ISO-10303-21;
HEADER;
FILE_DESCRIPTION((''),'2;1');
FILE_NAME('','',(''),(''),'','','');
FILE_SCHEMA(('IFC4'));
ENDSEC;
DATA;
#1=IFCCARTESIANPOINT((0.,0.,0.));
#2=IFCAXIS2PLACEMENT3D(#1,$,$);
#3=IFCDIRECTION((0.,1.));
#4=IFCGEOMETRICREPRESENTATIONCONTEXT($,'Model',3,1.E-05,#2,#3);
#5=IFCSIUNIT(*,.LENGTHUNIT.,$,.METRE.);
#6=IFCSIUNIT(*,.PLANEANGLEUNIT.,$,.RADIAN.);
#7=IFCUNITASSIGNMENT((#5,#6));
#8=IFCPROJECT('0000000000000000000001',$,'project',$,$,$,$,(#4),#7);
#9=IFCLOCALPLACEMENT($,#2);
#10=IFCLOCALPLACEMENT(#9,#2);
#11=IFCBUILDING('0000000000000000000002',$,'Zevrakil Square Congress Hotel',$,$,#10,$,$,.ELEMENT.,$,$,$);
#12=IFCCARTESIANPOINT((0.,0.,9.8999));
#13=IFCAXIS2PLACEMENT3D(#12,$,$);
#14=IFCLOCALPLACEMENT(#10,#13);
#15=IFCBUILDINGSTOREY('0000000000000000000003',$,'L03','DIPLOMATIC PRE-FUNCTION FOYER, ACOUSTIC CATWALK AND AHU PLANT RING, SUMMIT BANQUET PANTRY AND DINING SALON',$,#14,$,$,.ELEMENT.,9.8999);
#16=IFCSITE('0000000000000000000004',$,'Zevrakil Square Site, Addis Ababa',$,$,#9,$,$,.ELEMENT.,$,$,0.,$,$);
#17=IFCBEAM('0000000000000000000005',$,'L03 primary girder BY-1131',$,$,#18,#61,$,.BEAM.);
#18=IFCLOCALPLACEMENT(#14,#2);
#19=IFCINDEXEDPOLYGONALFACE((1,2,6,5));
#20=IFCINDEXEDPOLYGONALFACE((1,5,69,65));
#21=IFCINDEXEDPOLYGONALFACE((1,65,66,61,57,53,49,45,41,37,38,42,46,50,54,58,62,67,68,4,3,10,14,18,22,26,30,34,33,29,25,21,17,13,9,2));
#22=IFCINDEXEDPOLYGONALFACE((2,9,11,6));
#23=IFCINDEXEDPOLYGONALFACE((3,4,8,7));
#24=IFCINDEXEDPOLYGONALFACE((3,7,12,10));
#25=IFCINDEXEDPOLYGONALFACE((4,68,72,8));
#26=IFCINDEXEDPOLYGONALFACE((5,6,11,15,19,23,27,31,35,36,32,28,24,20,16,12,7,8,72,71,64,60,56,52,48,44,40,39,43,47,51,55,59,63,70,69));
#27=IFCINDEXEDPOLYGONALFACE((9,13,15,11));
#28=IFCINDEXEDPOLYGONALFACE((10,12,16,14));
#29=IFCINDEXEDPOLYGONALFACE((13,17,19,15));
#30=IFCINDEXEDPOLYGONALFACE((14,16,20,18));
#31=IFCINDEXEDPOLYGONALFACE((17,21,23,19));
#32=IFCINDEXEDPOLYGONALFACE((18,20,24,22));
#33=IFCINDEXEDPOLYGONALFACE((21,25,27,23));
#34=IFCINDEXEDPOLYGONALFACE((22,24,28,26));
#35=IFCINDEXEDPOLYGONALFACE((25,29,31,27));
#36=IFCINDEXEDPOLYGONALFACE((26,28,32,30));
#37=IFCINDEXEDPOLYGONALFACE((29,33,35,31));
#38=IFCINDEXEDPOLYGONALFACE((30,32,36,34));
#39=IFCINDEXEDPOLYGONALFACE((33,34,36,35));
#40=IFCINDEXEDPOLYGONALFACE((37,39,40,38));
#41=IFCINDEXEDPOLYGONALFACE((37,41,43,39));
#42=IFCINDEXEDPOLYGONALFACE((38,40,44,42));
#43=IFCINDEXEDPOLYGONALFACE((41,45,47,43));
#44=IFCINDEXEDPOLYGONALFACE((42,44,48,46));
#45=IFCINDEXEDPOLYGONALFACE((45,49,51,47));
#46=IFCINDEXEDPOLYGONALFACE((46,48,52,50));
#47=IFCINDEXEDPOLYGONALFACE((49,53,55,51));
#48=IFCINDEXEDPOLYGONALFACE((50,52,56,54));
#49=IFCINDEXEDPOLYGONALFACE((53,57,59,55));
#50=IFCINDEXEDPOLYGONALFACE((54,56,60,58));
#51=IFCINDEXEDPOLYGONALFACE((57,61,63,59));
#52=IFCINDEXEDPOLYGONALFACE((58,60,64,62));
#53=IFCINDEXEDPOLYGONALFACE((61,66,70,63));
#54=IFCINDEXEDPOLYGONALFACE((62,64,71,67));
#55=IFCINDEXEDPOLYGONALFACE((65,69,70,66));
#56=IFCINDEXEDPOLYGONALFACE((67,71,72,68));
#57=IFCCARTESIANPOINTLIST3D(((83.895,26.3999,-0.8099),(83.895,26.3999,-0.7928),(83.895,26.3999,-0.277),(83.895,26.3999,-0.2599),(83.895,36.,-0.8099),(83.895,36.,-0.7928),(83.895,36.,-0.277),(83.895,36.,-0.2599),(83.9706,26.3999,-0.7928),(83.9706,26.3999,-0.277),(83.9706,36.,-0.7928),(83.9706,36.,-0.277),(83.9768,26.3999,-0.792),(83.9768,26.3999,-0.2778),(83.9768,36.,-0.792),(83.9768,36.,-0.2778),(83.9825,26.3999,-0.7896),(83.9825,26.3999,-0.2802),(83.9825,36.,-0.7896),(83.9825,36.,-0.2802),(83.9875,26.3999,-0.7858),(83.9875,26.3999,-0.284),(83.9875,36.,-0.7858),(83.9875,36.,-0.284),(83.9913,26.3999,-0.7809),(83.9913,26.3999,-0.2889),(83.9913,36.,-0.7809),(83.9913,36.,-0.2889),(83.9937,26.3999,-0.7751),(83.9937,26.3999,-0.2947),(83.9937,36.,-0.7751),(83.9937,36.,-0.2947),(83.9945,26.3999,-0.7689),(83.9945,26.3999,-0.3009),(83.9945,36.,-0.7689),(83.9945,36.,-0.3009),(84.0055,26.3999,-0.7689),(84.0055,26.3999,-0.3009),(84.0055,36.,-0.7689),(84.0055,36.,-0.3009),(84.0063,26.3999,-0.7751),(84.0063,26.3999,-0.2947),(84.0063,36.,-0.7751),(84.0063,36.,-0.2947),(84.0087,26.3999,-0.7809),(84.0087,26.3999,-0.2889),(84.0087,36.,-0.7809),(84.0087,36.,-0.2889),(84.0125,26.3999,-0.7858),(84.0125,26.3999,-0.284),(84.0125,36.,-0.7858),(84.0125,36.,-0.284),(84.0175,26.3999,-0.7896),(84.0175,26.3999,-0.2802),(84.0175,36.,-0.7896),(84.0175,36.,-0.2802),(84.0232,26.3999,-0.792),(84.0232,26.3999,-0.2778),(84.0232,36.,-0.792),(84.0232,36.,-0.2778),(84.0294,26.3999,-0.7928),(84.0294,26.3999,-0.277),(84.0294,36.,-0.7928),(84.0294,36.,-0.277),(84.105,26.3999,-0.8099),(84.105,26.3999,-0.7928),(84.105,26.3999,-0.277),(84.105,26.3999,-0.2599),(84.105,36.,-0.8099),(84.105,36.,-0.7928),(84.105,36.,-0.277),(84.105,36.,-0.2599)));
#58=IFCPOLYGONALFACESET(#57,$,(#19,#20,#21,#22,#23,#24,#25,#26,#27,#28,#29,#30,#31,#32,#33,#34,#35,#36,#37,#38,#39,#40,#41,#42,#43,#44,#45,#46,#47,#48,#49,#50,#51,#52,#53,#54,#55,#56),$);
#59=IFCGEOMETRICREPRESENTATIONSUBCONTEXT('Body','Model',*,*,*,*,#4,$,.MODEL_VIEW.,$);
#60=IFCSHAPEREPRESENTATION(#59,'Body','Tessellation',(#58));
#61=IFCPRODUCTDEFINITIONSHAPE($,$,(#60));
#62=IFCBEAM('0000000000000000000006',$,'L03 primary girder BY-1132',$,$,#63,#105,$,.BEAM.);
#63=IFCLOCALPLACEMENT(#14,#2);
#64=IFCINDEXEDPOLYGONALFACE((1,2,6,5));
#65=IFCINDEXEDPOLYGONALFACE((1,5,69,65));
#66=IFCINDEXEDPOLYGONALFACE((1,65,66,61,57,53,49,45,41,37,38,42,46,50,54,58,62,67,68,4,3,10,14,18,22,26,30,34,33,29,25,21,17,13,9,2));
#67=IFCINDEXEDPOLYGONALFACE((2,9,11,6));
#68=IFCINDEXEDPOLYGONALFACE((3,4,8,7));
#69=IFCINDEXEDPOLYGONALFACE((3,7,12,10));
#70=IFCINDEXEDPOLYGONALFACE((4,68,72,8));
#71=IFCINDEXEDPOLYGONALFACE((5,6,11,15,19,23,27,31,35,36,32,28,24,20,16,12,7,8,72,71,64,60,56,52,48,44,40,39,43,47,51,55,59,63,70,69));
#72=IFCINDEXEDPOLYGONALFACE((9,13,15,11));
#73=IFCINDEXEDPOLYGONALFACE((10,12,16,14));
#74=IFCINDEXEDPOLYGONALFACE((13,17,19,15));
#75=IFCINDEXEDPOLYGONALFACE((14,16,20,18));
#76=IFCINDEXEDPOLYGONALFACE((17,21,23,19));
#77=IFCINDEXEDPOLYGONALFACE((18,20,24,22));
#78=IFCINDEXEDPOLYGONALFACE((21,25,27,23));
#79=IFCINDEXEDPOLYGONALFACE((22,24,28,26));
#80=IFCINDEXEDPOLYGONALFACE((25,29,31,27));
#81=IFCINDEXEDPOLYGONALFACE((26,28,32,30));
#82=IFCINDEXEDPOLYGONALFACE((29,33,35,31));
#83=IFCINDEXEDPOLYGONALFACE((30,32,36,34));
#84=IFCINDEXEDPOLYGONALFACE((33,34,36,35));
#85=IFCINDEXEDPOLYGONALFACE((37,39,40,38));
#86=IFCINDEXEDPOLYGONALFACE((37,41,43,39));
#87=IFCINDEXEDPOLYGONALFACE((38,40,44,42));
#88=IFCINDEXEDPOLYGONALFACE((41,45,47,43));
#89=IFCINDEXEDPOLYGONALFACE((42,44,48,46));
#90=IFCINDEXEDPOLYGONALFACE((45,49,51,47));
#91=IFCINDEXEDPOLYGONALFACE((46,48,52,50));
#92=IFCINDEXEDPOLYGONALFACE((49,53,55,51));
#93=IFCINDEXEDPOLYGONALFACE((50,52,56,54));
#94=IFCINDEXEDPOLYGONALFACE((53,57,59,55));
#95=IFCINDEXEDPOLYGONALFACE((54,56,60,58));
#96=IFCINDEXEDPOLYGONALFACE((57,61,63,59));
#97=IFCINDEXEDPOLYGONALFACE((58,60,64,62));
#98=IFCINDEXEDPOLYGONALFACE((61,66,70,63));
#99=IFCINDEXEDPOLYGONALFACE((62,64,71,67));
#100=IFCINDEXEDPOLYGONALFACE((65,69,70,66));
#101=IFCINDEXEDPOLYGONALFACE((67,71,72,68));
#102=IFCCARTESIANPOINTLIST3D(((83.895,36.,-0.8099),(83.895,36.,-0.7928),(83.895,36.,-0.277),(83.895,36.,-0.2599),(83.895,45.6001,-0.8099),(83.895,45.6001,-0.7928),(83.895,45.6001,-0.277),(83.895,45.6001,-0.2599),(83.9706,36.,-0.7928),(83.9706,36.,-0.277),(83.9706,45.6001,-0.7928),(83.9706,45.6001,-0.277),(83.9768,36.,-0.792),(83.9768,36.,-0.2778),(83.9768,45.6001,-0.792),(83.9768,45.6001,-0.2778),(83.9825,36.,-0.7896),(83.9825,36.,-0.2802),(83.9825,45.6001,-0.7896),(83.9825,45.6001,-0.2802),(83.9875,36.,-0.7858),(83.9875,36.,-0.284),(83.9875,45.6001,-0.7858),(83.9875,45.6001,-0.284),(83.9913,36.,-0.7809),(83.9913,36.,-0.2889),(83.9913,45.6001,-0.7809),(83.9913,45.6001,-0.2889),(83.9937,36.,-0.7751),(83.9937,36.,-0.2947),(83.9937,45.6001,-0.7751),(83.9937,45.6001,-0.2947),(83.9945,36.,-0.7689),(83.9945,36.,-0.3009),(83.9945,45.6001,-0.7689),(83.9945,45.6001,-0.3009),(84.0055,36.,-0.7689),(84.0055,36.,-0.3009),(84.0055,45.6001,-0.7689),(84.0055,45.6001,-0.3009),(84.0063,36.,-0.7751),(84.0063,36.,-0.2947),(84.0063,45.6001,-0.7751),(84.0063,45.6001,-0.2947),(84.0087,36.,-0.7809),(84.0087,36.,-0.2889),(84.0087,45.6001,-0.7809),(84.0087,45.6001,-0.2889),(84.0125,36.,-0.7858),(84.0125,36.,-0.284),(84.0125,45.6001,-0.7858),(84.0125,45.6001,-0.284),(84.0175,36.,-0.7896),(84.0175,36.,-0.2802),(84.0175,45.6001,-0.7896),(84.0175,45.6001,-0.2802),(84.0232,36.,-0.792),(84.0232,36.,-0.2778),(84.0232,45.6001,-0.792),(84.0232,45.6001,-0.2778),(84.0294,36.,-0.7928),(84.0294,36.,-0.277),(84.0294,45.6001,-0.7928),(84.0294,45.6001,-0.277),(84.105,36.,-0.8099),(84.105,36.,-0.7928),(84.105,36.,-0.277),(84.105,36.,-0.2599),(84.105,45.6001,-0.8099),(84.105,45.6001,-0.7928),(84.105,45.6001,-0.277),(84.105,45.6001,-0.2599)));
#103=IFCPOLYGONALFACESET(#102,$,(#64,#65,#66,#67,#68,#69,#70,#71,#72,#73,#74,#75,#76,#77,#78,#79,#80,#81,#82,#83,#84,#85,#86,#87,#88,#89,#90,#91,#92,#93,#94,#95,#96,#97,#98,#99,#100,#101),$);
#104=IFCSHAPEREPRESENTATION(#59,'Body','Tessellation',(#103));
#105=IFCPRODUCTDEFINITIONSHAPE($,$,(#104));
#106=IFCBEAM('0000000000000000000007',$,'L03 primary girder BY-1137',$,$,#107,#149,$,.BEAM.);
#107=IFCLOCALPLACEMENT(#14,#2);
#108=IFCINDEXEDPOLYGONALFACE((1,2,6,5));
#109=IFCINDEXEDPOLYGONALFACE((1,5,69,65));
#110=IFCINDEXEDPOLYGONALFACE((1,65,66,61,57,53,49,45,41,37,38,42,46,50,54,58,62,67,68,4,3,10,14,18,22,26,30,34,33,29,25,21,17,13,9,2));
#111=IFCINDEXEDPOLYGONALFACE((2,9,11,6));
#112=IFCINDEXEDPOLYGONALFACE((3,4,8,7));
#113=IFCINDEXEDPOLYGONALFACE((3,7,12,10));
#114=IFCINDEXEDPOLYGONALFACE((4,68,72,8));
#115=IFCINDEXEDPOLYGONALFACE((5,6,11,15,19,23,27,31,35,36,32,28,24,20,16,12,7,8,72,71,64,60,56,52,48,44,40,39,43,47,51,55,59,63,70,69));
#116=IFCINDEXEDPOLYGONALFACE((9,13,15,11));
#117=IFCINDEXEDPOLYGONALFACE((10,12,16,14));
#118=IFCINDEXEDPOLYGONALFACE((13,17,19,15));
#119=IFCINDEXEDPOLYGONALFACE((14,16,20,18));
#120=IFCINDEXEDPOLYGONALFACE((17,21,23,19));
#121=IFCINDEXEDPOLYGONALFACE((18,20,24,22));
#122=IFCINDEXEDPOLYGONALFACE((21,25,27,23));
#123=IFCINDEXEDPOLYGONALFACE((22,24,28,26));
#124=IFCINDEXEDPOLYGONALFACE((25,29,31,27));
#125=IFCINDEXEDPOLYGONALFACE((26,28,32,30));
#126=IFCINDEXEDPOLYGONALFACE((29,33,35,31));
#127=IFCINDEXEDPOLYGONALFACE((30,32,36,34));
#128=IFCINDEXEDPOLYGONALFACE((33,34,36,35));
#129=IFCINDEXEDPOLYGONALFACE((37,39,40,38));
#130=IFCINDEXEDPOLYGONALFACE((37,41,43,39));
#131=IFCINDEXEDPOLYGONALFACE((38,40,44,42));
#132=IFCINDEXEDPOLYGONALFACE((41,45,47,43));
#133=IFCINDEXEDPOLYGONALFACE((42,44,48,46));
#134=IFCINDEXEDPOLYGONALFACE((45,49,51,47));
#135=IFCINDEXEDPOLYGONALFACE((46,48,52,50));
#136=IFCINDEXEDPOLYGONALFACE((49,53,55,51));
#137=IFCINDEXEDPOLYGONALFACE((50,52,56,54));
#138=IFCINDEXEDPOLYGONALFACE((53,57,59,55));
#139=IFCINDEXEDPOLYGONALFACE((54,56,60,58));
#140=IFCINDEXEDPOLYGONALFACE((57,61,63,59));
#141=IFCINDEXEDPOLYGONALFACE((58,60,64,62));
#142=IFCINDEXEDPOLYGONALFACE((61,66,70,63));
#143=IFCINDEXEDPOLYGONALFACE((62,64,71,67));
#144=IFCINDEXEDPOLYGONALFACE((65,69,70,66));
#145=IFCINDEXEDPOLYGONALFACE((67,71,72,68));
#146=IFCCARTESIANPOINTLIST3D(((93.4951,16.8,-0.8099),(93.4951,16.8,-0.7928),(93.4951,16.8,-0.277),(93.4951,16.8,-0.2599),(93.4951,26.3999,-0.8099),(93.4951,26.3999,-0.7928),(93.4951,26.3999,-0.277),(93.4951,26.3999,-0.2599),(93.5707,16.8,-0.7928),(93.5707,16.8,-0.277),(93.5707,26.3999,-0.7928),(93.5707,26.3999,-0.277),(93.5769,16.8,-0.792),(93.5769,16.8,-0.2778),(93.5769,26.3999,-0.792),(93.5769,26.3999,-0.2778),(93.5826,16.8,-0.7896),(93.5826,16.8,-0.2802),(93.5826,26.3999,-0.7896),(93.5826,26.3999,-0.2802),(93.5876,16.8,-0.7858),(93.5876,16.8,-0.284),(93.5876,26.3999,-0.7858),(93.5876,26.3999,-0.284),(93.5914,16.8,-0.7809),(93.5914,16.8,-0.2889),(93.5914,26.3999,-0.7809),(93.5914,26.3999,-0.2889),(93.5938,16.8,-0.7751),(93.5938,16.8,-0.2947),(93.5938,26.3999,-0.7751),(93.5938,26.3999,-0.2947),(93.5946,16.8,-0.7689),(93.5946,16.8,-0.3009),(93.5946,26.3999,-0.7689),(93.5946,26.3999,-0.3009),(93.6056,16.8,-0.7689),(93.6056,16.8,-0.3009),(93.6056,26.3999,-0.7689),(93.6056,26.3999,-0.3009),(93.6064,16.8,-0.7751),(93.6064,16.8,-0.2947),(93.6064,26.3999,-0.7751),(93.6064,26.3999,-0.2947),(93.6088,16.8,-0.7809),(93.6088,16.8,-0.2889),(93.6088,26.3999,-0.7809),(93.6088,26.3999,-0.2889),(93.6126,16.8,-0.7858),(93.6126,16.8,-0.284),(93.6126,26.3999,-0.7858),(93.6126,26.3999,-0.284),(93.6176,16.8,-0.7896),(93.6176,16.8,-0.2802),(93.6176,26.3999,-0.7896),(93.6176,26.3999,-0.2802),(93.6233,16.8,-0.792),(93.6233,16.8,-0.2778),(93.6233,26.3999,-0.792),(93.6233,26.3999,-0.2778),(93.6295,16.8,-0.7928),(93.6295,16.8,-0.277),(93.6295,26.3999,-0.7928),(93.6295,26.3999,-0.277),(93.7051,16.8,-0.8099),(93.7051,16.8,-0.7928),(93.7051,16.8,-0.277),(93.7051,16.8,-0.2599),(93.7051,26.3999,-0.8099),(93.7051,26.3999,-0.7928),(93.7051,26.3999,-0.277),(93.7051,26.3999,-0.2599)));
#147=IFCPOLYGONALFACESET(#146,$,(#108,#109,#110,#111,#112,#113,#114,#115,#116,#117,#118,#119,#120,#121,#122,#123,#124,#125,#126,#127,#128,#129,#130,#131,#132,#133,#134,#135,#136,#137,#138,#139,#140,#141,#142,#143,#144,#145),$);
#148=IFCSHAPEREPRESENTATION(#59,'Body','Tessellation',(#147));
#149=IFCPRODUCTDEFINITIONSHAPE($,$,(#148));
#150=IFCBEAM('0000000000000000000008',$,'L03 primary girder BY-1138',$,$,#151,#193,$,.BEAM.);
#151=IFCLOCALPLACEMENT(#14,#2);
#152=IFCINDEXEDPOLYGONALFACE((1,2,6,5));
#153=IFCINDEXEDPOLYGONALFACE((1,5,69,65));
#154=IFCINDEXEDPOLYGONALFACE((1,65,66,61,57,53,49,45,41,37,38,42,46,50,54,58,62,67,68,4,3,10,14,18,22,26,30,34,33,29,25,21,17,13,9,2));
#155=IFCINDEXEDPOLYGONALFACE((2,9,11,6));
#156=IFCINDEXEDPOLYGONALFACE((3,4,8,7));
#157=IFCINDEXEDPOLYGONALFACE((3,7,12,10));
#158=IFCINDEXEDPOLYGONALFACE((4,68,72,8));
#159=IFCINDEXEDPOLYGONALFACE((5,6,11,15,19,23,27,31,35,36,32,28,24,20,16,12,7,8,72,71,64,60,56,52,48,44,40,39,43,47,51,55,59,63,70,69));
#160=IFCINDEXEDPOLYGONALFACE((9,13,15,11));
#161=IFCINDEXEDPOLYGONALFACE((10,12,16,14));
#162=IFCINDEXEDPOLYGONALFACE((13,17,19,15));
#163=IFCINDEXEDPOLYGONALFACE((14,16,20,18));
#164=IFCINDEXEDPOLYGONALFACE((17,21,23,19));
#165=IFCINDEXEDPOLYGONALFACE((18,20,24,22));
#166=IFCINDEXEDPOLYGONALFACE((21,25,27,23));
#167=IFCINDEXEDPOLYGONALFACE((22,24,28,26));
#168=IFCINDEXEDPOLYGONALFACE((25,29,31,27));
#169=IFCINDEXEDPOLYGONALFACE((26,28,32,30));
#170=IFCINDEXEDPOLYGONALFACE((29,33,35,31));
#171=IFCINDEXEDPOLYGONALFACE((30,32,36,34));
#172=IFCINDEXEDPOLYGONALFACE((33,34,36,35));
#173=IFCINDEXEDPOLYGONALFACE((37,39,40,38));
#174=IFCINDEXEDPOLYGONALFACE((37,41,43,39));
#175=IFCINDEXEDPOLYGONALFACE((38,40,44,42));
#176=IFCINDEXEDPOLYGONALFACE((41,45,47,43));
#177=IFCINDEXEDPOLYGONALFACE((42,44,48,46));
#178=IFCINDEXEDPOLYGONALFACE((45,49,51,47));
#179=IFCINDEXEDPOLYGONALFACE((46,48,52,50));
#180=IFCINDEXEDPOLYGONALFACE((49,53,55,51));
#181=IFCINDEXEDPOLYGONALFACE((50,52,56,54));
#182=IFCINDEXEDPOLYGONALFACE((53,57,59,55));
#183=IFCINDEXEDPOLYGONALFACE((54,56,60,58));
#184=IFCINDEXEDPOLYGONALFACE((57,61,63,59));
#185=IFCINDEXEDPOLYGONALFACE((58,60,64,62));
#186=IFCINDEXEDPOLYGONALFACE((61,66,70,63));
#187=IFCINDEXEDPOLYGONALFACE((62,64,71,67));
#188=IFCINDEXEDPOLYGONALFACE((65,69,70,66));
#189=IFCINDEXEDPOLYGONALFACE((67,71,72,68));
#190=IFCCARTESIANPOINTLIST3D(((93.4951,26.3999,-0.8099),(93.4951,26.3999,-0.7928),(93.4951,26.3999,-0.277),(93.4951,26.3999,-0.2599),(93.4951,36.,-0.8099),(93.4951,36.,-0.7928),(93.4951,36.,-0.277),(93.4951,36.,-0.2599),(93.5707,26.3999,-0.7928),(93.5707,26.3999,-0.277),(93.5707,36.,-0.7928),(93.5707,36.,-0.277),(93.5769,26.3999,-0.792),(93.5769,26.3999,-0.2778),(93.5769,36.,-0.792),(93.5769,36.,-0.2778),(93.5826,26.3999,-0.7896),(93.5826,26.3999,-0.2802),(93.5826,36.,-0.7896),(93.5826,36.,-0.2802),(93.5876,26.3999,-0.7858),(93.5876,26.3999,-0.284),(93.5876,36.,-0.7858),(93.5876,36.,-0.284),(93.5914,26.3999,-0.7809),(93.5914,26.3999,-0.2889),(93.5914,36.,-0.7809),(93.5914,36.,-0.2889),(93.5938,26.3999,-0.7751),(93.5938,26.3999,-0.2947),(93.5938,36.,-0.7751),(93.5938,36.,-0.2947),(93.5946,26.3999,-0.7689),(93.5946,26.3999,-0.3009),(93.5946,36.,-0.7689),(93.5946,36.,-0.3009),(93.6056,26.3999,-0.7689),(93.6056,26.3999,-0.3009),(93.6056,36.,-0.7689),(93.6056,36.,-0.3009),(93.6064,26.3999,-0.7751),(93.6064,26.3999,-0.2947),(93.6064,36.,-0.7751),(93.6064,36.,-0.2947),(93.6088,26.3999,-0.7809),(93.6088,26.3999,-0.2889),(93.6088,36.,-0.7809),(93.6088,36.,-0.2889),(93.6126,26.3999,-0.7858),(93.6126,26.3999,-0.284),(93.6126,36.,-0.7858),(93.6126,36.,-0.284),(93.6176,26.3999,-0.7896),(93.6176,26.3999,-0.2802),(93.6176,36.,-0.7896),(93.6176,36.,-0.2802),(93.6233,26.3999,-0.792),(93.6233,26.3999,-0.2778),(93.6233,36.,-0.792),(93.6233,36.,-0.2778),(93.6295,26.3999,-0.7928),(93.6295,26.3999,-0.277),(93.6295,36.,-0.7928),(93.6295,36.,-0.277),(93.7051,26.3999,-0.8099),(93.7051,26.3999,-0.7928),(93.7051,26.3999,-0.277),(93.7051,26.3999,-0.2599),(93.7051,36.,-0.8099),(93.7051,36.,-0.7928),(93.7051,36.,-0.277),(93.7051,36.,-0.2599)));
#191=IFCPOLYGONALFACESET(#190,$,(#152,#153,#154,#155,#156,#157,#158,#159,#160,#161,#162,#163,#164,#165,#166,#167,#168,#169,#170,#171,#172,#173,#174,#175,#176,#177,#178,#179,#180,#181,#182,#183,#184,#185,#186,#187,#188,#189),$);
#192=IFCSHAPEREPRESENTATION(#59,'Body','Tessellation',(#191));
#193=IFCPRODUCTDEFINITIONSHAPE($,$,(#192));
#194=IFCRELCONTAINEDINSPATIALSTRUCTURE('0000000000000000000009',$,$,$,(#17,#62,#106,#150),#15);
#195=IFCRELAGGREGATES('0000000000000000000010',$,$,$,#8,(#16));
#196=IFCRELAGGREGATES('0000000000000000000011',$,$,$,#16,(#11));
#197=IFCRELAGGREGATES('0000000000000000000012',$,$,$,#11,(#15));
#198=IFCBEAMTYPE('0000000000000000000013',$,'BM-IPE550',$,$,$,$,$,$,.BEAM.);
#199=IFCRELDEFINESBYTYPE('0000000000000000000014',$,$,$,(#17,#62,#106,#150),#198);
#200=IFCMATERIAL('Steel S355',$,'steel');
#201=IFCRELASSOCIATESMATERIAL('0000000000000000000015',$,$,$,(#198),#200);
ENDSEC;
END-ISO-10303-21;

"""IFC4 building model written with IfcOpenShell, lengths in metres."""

from ifc_helpers import new_model, si_unit, direction, frame, origin, origin_2d, place, context, subcontext, project, spatial, i_section, extrude, material, material_profile, profile_set, type_object, element, save


model = new_model("IFC4")

# Units and contexts
model_context = context("Model", 3, precision=1e-05, world=origin(), true_north=direction((0.0, 1.0)))
body_context = subcontext(model_context, "Body", "Model", "MODEL_VIEW")
ifc_project = project(units=[si_unit("LENGTHUNIT", "METRE"), si_unit("PLANEANGLEUNIT", "RADIAN")], contexts=[model_context])

# Site, building, storey
site_placement = place(None, origin())
site = spatial("IfcSite", under=ifc_project, at=site_placement, Name="Zevrakil Square Site, Addis Ababa", CompositionType="ELEMENT", RefElevation=0.0)
building_placement = place(site_placement, origin())
building = spatial("IfcBuilding", under=site, at=building_placement, Name="Zevrakil Square Congress Hotel", CompositionType="ELEMENT")
storey_placement = place(building_placement, frame((0.0, 0.0, 9.8999)))
storey = spatial("IfcBuildingStorey", under=building, at=storey_placement, Name="L03", Description="DIPLOMATIC PRE-FUNCTION FOYER, ACOUSTIC CATWALK AND AHU PLANT RING, SUMMIT BANQUET PANTRY AND DINING SALON", CompositionType="ELEMENT", Elevation=9.8999)

# Beams
ifc_material_1 = material(Name="Steel S355", Category="steel")
ifc_material_profile_1 = material_profile(ifc_material_1, i_section(OverallWidth=0.21, OverallDepth=0.55, WebThickness=0.011, FlangeThickness=0.0171, FilletRadius=0.0239, at=origin_2d()), Name="IPE 550")
ifc_profile_set_1 = profile_set([ifc_material_profile_1], Name="Steel S355")
beam_type_1 = type_object("IfcBeamType", Name="BM-IPE550", PredefinedType="BEAM", material=ifc_profile_set_1)
for number, where, z_axis, x_axis, name in (
    (1, (84.0, 26.3999, -0.5349), (0.0, 1.0, 0.0), (-1.0, 0.0, 0.0), "L03 primary girder BY-1131"),
    (2, (84.0, 36.0, -0.5349), (0.0, 1.0, 0.0), (-1.0, 0.0, 0.0), "L03 primary girder BY-1132"),
):
    element("IfcBeam", number, at=place(storey_placement, frame(where, z_axis=z_axis, x_axis=x_axis)), inside=storey, type_object=beam_type_1, Name=name, PredefinedType="BEAM", context=body_context, shape_type="SweptSolid", body=[
        extrude(i_section(OverallWidth=0.21, OverallDepth=0.55, WebThickness=0.011, FlangeThickness=0.0171, FilletRadius=0.0239, at=origin_2d()), origin(), (0.0, 0.0, 1.0), 9.6001),
    ])
beam_1_placement = place(storey_placement, frame((93.6001, 16.8, -0.5349), z_axis=(0.0, 1.0, 0.0), x_axis=(-1.0, 0.0, 0.0)))
element("IfcBeam", 3, at=beam_1_placement, inside=storey, type_object=beam_type_1, Name="L03 primary girder BY-1137", PredefinedType="BEAM", context=body_context, shape_type="SweptSolid", body=[
    extrude(i_section(OverallWidth=0.21, OverallDepth=0.55, WebThickness=0.011, FlangeThickness=0.0171, FilletRadius=0.0239, at=origin_2d()), origin(), (0.0, 0.0, 1.0), 9.5999),
])
for number, where, z_axis, x_axis, name in (
    (4, (93.6001, 26.3999, -0.5349), (0.0, 1.0, 0.0), (-1.0, 0.0, 0.0), "L03 primary girder BY-1138"),
):
    element("IfcBeam", number, at=place(storey_placement, frame(where, z_axis=z_axis, x_axis=x_axis)), inside=storey, type_object=beam_type_1, Name=name, PredefinedType="BEAM", context=body_context, shape_type="SweptSolid", body=[
        extrude(i_section(OverallWidth=0.21, OverallDepth=0.55, WebThickness=0.011, FlangeThickness=0.0171, FilletRadius=0.0239, at=origin_2d()), origin(), (0.0, 0.0, 1.0), 9.6001),
    ])

save(model, "model.ifc")
